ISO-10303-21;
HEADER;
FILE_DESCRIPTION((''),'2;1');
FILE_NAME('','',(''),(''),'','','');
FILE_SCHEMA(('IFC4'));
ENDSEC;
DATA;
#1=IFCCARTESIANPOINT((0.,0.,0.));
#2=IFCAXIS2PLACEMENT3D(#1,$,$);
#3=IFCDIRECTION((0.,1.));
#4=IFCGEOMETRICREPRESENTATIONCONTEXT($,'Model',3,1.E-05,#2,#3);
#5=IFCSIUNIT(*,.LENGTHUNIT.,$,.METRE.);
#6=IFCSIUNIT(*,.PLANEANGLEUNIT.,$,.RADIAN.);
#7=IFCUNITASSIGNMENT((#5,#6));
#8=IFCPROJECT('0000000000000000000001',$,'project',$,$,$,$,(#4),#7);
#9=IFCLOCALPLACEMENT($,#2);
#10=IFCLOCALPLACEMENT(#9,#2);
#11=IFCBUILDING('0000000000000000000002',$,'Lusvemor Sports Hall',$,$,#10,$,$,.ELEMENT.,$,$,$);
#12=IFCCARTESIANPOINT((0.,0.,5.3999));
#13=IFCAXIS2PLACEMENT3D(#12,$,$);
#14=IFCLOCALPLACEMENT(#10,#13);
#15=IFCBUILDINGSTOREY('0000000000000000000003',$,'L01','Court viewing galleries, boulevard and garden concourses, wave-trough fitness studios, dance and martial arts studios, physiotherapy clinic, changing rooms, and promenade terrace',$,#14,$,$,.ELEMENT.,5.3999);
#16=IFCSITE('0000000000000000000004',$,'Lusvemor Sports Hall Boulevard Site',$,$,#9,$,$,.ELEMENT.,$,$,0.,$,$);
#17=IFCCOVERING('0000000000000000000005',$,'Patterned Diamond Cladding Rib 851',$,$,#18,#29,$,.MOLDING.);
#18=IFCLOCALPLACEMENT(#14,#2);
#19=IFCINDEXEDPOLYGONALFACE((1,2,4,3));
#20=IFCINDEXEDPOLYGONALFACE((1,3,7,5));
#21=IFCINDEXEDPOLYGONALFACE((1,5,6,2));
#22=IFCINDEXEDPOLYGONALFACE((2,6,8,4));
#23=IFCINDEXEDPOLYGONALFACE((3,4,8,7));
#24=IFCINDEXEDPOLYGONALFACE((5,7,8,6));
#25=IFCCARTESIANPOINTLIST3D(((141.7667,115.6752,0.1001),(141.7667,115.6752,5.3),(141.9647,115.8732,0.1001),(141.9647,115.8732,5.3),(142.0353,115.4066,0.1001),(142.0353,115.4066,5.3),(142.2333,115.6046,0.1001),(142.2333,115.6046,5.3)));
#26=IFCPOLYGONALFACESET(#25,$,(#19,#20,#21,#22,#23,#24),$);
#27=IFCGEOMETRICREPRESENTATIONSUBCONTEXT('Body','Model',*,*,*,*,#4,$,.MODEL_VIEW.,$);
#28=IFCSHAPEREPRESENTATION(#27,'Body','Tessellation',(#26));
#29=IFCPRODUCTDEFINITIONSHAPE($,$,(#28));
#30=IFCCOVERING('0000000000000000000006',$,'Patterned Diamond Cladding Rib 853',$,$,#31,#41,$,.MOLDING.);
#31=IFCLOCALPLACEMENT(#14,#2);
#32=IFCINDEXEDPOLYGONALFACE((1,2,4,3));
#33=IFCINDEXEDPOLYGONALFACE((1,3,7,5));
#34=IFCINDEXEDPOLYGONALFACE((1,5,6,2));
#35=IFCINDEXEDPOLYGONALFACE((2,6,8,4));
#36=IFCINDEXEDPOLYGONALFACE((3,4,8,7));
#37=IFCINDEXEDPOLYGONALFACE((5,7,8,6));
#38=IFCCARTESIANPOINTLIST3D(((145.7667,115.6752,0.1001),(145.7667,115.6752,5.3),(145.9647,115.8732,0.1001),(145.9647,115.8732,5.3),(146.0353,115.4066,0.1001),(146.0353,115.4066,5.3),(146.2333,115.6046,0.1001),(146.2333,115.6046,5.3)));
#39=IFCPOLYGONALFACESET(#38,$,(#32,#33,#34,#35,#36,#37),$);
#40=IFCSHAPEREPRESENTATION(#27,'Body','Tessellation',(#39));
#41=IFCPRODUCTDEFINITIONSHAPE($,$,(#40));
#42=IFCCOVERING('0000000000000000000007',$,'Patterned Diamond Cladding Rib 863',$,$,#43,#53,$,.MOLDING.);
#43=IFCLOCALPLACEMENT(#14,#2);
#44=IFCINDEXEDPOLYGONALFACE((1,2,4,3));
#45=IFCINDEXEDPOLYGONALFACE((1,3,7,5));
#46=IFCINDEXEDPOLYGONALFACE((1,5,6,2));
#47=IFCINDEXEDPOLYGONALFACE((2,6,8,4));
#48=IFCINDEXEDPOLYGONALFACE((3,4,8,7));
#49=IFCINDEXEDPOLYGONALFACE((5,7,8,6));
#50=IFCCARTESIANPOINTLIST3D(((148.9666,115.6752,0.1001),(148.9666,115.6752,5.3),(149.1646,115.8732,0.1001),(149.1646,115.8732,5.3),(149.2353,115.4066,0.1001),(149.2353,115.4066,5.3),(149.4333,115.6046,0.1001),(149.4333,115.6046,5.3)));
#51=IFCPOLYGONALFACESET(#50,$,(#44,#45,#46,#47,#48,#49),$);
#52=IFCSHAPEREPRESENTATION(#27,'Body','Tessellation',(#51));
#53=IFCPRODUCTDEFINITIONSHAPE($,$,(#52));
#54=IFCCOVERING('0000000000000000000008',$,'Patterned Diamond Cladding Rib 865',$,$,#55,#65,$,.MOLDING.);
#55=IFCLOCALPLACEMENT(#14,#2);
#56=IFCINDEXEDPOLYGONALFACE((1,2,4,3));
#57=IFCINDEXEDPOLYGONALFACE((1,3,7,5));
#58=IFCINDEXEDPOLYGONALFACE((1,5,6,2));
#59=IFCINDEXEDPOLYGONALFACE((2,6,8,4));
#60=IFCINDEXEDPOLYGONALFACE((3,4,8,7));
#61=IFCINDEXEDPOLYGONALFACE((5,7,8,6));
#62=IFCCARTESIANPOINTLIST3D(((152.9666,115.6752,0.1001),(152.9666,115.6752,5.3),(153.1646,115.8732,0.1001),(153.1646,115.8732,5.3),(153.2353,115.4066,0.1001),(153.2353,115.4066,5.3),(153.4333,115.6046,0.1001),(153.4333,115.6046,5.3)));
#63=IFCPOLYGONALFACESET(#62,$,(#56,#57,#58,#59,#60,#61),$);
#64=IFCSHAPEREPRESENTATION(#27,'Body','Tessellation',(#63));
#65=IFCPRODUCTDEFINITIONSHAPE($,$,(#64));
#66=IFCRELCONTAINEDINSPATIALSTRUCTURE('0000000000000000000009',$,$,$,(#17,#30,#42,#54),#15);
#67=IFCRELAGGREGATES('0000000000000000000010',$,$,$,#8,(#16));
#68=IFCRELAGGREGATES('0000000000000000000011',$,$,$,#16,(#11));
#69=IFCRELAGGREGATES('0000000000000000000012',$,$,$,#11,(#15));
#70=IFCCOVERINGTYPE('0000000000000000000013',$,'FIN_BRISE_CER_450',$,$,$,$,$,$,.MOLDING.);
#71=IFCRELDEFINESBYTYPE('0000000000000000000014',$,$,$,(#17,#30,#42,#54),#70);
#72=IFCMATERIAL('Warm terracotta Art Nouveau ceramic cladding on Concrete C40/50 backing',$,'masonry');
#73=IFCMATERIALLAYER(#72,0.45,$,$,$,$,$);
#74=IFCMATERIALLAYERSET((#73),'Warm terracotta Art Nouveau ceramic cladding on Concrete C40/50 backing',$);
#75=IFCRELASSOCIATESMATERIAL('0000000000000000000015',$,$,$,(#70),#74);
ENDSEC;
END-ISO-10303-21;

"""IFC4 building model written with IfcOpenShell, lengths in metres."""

from ifc_helpers import new_model, si_unit, direction, frame, origin, origin_2d, place, context, subcontext, project, spatial, rectangle, extrude, material, layer, layer_set, type_object, element, save


model = new_model("IFC4")

# Units and contexts
model_context = context("Model", 3, precision=1e-05, world=origin(), true_north=direction((0.0, 1.0)))
body_context = subcontext(model_context, "Body", "Model", "MODEL_VIEW")
ifc_project = project(units=[si_unit("LENGTHUNIT", "METRE"), si_unit("PLANEANGLEUNIT", "RADIAN")], contexts=[model_context])

# Site, building, storey
site_placement = place(None, origin())
site = spatial("IfcSite", under=ifc_project, at=site_placement, Name="Lusvemor Sports Hall Boulevard Site", CompositionType="ELEMENT", RefElevation=0.0)
building_placement = place(site_placement, origin())
building = spatial("IfcBuilding", under=site, at=building_placement, Name="Lusvemor Sports Hall", CompositionType="ELEMENT")
storey_placement = place(building_placement, frame((0.0, 0.0, 5.3999)))
storey = spatial("IfcBuildingStorey", under=building, at=storey_placement, Name="L01", Description="Court viewing galleries, boulevard and garden concourses, wave-trough fitness studios, dance and martial arts studios, physiotherapy clinic, changing rooms, and promenade terrace", CompositionType="ELEMENT", Elevation=5.3999)

# Coverings
ifc_material_1 = material(Name="Warm terracotta Art Nouveau ceramic cladding on Concrete C40/50 backing", Category="masonry")
ifc_layer_1 = layer(ifc_material_1, 0.45)
ifc_layer_set_1 = layer_set([ifc_layer_1], Name="Warm terracotta Art Nouveau ceramic cladding on Concrete C40/50 backing")
covering_type_1 = type_object("IfcCoveringType", Name="FIN_BRISE_CER_450", PredefinedType="MOLDING", material=ifc_layer_set_1)
for number, where, z_axis, x_axis, name in (
    (1, (142.0, 115.6399, 0.1001), (0.0, 0.0, 1.0), (0.707107, 0.707107, 0.0), "Patterned Diamond Cladding Rib 851"),
    (2, (146.0, 115.6399, 0.1001), (0.0, 0.0, 1.0), (0.707107, 0.707107, 0.0), "Patterned Diamond Cladding Rib 853"),
    (3, (149.2, 115.6399, 0.1001), (0.0, 0.0, 1.0), (0.707107, 0.707107, 0.0), "Patterned Diamond Cladding Rib 863"),
    (4, (153.2, 115.6399, 0.1001), (0.0, 0.0, 1.0), (0.707107, 0.707107, 0.0), "Patterned Diamond Cladding Rib 865"),
):
    element("IfcCovering", number, at=place(storey_placement, frame(where, z_axis=z_axis, x_axis=x_axis)), inside=storey, type_object=covering_type_1, Name=name, PredefinedType="MOLDING", context=body_context, shape_type="SweptSolid", body=[
        extrude(rectangle(XDim=0.28, YDim=0.3799, at=origin_2d()), origin(), (0.0, 0.0, 1.0), 5.2),
    ])

save(model, "model.ifc")
